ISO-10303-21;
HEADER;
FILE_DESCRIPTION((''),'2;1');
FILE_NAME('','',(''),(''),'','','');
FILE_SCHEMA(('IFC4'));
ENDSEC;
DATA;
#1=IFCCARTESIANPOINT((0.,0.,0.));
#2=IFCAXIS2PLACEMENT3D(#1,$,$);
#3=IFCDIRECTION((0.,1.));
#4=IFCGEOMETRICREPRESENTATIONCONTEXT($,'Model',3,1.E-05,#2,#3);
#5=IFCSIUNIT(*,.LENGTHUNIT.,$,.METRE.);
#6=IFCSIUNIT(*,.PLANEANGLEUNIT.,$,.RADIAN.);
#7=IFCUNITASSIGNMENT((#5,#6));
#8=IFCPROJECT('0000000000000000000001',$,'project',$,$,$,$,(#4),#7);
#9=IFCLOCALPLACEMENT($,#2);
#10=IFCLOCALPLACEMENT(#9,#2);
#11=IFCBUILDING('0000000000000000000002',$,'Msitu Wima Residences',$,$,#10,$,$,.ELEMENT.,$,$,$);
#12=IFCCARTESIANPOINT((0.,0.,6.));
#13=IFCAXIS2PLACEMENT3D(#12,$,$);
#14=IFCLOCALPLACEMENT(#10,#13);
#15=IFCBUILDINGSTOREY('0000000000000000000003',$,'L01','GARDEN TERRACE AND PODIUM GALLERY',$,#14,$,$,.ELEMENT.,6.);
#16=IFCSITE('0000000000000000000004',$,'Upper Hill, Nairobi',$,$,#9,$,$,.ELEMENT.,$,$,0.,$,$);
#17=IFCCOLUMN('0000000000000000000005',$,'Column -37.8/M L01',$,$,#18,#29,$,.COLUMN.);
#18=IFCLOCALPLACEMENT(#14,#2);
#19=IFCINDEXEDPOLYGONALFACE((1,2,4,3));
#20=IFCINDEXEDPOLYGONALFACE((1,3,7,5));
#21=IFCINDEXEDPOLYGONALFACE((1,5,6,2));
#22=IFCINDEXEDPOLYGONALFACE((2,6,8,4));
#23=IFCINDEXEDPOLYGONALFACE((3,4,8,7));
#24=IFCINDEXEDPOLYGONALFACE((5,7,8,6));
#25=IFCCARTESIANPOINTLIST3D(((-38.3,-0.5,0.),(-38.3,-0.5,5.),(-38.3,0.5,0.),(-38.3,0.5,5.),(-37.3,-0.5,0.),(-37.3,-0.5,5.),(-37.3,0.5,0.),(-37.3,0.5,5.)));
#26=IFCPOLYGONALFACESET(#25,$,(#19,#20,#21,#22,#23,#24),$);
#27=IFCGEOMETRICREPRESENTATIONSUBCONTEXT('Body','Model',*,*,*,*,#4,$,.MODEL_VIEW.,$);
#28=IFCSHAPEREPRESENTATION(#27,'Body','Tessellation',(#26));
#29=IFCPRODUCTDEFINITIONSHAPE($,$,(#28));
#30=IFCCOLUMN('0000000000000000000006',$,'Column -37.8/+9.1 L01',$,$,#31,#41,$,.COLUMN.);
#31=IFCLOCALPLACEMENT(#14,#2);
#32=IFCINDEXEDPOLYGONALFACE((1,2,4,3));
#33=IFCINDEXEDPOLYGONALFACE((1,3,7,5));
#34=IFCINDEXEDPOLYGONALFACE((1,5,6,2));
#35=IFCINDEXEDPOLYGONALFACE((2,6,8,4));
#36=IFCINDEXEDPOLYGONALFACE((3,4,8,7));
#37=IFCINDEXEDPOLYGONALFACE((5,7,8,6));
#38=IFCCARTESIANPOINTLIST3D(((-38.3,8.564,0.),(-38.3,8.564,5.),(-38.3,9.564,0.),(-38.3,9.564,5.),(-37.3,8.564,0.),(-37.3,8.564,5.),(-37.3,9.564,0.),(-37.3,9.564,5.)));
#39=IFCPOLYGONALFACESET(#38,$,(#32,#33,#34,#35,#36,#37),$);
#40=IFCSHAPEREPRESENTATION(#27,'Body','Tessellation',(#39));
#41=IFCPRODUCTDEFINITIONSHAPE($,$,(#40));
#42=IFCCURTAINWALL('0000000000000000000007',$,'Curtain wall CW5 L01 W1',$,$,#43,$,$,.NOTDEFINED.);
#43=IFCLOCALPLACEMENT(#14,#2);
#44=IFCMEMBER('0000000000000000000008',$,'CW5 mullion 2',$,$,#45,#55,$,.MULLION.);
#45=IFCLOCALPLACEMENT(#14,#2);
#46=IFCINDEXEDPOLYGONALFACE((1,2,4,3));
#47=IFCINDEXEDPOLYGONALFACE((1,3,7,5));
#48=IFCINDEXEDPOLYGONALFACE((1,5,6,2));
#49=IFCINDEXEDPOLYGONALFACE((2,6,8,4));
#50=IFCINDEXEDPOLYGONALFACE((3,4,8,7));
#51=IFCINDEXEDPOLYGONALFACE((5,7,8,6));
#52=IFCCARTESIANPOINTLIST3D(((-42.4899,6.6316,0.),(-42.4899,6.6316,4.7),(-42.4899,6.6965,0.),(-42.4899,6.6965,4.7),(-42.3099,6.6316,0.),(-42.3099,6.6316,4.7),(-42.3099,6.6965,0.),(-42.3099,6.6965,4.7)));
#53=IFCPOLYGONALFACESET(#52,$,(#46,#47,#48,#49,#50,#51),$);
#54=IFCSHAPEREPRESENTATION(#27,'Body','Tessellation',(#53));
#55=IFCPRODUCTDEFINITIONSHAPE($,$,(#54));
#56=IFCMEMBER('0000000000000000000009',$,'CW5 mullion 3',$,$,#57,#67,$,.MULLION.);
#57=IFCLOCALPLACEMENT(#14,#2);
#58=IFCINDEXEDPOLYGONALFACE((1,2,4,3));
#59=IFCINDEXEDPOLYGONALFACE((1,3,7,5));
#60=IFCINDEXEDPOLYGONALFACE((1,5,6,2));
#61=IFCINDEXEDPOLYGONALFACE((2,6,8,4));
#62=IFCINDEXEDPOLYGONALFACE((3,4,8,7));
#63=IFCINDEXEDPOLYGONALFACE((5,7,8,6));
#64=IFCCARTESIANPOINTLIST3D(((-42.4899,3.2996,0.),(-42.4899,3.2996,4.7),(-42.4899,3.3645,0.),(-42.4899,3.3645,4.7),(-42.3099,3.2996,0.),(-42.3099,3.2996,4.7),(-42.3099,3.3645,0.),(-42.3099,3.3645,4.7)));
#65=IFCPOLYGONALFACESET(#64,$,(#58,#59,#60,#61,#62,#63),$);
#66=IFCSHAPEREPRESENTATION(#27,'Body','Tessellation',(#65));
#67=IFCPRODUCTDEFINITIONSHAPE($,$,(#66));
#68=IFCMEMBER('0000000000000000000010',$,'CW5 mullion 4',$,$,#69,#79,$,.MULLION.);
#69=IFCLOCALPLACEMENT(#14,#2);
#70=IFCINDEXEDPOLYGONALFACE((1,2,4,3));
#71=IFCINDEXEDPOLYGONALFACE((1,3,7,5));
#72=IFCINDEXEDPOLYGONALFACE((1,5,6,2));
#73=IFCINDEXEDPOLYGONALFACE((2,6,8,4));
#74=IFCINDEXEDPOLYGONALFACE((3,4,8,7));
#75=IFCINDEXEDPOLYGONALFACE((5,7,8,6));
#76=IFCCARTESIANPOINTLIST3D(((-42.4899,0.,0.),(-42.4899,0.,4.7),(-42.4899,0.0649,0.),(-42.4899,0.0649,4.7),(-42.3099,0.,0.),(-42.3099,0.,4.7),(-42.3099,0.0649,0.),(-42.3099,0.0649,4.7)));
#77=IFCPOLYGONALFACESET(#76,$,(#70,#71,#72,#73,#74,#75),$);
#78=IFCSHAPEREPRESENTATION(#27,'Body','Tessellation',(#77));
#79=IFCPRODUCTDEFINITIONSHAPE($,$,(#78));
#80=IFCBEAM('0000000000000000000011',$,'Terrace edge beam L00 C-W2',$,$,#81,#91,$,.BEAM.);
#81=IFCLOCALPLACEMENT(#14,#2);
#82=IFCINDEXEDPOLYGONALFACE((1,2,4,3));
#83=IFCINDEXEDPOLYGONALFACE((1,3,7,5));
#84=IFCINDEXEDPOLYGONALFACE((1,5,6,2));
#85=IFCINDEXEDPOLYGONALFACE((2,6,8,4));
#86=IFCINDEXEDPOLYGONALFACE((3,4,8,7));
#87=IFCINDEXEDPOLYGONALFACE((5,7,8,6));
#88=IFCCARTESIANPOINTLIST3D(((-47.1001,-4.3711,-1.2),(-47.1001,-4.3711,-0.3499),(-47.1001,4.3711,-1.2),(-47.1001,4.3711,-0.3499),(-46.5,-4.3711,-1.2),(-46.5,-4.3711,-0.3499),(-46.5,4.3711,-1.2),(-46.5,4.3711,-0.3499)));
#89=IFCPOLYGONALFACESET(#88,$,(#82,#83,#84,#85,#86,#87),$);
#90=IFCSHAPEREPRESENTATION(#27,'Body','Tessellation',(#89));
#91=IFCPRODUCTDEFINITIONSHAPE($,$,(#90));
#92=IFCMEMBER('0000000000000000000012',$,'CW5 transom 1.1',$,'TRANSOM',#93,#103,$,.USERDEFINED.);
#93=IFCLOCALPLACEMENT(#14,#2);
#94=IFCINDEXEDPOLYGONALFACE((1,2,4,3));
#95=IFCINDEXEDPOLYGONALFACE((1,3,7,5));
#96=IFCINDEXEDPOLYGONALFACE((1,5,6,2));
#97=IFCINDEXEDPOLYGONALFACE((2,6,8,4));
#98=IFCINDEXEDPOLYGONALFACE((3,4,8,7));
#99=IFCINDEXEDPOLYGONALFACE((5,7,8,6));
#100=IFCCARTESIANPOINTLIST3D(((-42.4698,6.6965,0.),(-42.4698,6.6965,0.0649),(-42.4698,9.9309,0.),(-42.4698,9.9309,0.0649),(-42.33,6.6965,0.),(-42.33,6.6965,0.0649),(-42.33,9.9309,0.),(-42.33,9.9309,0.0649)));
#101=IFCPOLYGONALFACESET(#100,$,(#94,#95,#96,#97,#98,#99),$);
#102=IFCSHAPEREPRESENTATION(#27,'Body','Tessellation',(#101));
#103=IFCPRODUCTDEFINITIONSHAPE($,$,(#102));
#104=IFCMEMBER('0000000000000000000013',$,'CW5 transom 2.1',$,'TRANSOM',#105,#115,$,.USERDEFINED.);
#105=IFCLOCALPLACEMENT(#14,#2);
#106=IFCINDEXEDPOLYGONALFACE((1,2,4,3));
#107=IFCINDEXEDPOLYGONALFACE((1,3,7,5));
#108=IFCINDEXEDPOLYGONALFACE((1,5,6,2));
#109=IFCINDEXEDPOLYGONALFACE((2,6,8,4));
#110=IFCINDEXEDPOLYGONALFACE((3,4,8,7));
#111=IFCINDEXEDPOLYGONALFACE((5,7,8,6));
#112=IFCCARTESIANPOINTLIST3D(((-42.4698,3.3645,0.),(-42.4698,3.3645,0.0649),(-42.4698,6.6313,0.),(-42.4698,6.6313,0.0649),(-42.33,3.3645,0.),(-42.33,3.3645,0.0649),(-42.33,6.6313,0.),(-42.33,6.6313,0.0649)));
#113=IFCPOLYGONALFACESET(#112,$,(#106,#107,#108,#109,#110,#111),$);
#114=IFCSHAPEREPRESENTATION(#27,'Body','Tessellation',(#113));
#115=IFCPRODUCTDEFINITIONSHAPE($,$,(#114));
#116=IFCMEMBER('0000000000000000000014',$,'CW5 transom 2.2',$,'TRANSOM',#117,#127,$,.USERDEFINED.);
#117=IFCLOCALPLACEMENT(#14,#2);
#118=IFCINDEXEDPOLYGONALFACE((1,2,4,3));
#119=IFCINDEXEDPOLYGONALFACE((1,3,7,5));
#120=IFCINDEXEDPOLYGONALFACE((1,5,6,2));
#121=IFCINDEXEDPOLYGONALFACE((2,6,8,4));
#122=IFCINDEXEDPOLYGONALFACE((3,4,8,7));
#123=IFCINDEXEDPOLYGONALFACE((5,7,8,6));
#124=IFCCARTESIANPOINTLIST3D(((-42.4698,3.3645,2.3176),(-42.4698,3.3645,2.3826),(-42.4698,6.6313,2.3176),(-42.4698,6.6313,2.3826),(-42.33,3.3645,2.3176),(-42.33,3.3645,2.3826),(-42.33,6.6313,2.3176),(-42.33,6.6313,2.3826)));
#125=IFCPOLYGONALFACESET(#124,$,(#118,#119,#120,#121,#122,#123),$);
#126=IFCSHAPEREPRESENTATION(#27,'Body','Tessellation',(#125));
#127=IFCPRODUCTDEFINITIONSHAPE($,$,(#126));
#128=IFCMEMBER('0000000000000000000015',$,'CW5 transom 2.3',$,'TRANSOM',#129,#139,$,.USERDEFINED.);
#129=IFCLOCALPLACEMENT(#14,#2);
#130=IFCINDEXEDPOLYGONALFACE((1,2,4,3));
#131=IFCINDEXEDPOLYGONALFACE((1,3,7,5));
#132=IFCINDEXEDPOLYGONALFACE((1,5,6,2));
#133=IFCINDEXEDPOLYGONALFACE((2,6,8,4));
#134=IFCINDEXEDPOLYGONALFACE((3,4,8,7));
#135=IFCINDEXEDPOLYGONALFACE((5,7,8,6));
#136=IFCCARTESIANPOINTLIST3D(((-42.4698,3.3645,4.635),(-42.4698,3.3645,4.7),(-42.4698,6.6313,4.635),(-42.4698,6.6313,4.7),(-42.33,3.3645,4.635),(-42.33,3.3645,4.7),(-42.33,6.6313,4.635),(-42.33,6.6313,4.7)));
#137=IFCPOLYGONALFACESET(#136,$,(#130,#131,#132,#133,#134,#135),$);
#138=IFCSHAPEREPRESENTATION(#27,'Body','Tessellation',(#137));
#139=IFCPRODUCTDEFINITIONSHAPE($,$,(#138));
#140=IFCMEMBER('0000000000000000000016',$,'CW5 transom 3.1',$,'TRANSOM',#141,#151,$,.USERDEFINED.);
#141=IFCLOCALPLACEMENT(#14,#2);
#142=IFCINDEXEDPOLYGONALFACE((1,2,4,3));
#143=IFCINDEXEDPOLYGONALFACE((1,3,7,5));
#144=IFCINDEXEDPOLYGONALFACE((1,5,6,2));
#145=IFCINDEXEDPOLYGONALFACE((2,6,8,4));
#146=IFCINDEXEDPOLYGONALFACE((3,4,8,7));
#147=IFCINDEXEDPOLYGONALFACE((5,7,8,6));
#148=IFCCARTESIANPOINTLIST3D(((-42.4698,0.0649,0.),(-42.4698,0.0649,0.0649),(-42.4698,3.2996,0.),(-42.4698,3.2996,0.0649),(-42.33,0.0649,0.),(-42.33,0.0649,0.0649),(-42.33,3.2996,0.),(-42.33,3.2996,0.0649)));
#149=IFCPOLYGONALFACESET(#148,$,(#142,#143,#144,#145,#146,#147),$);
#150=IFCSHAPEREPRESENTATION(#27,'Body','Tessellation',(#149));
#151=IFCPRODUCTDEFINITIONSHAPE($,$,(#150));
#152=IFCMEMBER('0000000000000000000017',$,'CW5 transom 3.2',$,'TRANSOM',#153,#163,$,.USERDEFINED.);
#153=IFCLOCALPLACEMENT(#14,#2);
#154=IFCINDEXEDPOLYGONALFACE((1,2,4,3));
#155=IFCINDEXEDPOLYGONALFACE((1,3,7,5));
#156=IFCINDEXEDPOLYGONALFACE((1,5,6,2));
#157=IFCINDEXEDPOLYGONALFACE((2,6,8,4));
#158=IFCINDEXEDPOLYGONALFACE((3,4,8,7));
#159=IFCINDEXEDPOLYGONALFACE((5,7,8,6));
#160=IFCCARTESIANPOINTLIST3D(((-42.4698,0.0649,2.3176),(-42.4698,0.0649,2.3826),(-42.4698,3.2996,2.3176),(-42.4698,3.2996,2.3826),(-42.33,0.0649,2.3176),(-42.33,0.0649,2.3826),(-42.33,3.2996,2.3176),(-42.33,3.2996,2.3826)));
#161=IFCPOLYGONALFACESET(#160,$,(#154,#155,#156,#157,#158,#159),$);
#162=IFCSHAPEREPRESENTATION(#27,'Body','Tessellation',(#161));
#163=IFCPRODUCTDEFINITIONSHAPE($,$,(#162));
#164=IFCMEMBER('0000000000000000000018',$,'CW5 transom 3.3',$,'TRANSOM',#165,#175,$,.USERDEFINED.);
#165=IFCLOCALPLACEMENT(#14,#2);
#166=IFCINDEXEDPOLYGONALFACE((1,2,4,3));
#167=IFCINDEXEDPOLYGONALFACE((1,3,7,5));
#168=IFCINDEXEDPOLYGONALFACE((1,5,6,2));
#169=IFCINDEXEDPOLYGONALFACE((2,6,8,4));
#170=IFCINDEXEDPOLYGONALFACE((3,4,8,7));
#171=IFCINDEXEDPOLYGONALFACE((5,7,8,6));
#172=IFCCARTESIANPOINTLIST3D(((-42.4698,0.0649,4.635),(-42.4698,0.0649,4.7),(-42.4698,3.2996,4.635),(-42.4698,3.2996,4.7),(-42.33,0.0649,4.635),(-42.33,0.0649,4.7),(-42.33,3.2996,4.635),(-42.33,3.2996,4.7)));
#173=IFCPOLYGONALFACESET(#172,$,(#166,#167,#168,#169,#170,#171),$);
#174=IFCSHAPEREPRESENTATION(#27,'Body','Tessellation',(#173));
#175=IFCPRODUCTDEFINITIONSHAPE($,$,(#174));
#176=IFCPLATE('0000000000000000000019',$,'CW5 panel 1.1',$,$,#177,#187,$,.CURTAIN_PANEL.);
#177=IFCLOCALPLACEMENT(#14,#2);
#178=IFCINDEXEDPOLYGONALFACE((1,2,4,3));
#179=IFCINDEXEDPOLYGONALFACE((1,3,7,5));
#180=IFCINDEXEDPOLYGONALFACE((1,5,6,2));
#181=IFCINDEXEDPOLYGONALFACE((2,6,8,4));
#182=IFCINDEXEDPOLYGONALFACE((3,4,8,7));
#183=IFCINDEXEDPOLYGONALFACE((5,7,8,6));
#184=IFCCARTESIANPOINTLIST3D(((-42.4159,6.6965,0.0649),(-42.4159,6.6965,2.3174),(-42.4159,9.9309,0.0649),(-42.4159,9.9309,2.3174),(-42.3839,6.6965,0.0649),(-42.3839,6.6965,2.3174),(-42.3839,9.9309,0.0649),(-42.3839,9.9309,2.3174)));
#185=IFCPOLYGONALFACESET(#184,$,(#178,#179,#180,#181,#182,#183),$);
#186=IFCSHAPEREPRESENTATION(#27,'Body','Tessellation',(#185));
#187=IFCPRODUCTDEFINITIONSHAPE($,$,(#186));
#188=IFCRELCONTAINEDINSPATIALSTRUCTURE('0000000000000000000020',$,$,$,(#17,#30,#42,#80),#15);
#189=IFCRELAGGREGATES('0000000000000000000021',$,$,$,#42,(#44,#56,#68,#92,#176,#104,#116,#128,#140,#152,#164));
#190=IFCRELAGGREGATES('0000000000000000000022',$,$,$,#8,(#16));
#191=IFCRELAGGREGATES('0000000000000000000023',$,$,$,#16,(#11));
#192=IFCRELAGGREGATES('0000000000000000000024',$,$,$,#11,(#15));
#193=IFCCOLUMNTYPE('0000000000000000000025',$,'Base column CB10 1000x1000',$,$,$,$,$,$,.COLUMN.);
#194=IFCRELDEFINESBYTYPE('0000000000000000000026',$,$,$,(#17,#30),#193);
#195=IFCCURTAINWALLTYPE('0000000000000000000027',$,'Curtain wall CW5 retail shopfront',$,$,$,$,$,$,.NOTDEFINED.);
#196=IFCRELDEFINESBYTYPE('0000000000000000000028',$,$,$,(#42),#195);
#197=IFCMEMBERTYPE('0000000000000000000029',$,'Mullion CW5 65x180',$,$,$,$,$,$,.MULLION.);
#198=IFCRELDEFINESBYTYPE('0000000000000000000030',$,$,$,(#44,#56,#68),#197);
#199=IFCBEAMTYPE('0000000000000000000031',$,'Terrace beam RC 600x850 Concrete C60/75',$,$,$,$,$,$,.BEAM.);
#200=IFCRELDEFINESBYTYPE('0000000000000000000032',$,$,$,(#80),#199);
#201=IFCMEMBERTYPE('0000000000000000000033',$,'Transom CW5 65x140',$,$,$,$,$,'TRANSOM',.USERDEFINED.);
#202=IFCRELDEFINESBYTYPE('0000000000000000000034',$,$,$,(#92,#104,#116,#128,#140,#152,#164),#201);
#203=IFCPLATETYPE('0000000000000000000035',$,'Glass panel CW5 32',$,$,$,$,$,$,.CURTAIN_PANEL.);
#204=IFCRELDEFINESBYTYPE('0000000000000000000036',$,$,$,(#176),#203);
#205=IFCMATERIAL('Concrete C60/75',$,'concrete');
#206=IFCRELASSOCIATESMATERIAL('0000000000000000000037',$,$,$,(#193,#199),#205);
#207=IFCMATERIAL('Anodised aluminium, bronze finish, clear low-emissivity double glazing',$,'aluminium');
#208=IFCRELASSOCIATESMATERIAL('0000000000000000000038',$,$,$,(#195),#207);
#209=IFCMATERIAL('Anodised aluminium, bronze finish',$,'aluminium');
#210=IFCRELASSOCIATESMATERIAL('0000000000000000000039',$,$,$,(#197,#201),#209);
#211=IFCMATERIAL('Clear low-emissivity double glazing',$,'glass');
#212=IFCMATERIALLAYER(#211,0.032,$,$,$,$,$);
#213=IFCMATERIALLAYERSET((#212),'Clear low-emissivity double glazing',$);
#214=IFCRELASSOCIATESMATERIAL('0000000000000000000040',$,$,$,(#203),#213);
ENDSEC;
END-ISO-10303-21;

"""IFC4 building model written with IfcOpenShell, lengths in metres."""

from ifc_helpers import new_model, si_unit, direction, frame, origin, origin_2d, place, context, subcontext, project, spatial, rectangle, extrude, material, layer, layer_set, material_profile, profile_set, type_object, element, aggregate, save


model = new_model("IFC4")

# Units and contexts
model_context = context("Model", 3, precision=1e-05, world=origin(), true_north=direction((0.0, 1.0)))
body_context = subcontext(model_context, "Body", "Model", "MODEL_VIEW")
ifc_project = project(units=[si_unit("LENGTHUNIT", "METRE"), si_unit("PLANEANGLEUNIT", "RADIAN")], contexts=[model_context])

# Site, building, storey
site_placement = place(None, origin())
site = spatial("IfcSite", under=ifc_project, at=site_placement, Name="Upper Hill, Nairobi", CompositionType="ELEMENT", RefElevation=0.0)
building_placement = place(site_placement, origin())
building = spatial("IfcBuilding", under=site, at=building_placement, Name="Msitu Wima Residences", CompositionType="ELEMENT")
storey_placement = place(building_placement, frame((0.0, 0.0, 6.0)))
storey = spatial("IfcBuildingStorey", under=building, at=storey_placement, Name="L01", Description="GARDEN TERRACE AND PODIUM GALLERY", CompositionType="ELEMENT", Elevation=6.0)

# Columns
ifc_material_1 = material(Name="Concrete C60/75", Category="concrete")
ifc_material_profile_1 = material_profile(ifc_material_1, rectangle(XDim=1.0, YDim=1.0, at=origin_2d()), Name="RC 1000x1000")
ifc_profile_set_1 = profile_set([ifc_material_profile_1], Name="Concrete C60/75")
column_type = type_object("IfcColumnType", Name="Base column CB10 1000x1000", PredefinedType="COLUMN", material=ifc_profile_set_1)
for number, where, z_axis, x_axis, name in (
    (1, (-37.8, 0.0, 0.0), (0.0, 0.0, 1.0), (1.0, 0.0, 0.0), "Column -37.8/M L01"),
    (2, (-37.8, 9.064, 0.0), (0.0, 0.0, 1.0), (1.0, 0.0, 0.0), "Column -37.8/+9.1 L01"),
):
    element("IfcColumn", number, at=place(storey_placement, frame(where, z_axis=z_axis, x_axis=x_axis)), inside=storey, type_object=column_type, Name=name, PredefinedType="COLUMN", context=body_context, shape_type="SweptSolid", body=[
        extrude(rectangle(XDim=1.0, YDim=1.0, at=origin_2d()), origin(), (0.0, 0.0, 1.0), 5.0),
    ])

# Curtain wall, members
ifc_material_2 = material(Name="Anodised aluminium, bronze finish, clear low-emissivity double glazing", Category="aluminium")
curtain_wall_type = type_object("IfcCurtainWallType", Name="Curtain wall CW5 retail shopfront", PredefinedType="NOTDEFINED", material=ifc_material_2)
curtain_wall_placement = place(storey_placement, origin())
curtain_wall = element("IfcCurtainWall", 3, at=curtain_wall_placement, inside=storey, type_object=curtain_wall_type, Name="Curtain wall CW5 L01 W1", PredefinedType="NOTDEFINED")
ifc_material_3 = material(Name="Anodised aluminium, bronze finish", Category="aluminium")
ifc_material_profile_2 = material_profile(ifc_material_3, rectangle(XDim=0.1799, YDim=0.0649, at=origin_2d()), Name="Mullion 65x180")
ifc_profile_set_2 = profile_set([ifc_material_profile_2], Name="Anodised aluminium, bronze finish")
member_type_1 = type_object("IfcMemberType", Name="Mullion CW5 65x180", PredefinedType="MULLION", material=ifc_profile_set_2)
member_1_placement = place(storey_placement, frame((-42.3999, 6.6641, 0.0), z_axis=(0.0, 0.0, 1.0), x_axis=(1.0, 0.0, 0.0)))
member_1 = element("IfcMember", 4, at=member_1_placement, type_object=member_type_1, Name="CW5 mullion 2", PredefinedType="MULLION", context=body_context, shape_type="SweptSolid", body=[
    extrude(rectangle(XDim=0.1799, YDim=0.0649, at=origin_2d()), origin(), (0.0, 0.0, 1.0), 4.7),
])
member_2_placement = place(storey_placement, frame((-42.3999, 3.332, 0.0), z_axis=(0.0, 0.0, 1.0), x_axis=(1.0, 0.0, 0.0)))
member_2 = element("IfcMember", 5, at=member_2_placement, type_object=member_type_1, Name="CW5 mullion 3", PredefinedType="MULLION", context=body_context, shape_type="SweptSolid", body=[
    extrude(rectangle(XDim=0.1799, YDim=0.0649, at=origin_2d()), origin(), (0.0, 0.0, 1.0), 4.7),
])
member_3_placement = place(storey_placement, frame((-42.3999, 0.0325, 0.0), z_axis=(0.0, 0.0, 1.0), x_axis=(1.0, 0.0, 0.0)))
member_3 = element("IfcMember", 6, at=member_3_placement, type_object=member_type_1, Name="CW5 mullion 4", PredefinedType="MULLION", context=body_context, shape_type="SweptSolid", body=[
    extrude(rectangle(XDim=0.1799, YDim=0.0649, at=origin_2d()), origin(), (0.0, 0.0, 1.0), 4.7),
])

# Beam
ifc_material_profile_3 = material_profile(ifc_material_1, rectangle(XDim=0.6001, YDim=0.8501, at=origin_2d()), Name="RC 600x850")
ifc_profile_set_3 = profile_set([ifc_material_profile_3], Name="Concrete C60/75")
beam_type = type_object("IfcBeamType", Name="Terrace beam RC 600x850 Concrete C60/75", PredefinedType="BEAM", material=ifc_profile_set_3)
beam_placement = place(storey_placement, frame((-46.8, 4.3711, -0.7749), z_axis=(0.0, -1.0, 0.0), x_axis=(1.0, 0.0, 0.0)))
element("IfcBeam", 7, at=beam_placement, inside=storey, type_object=beam_type, Name="Terrace edge beam L00 C-W2", PredefinedType="BEAM", context=body_context, shape_type="SweptSolid", body=[
    extrude(rectangle(XDim=0.6001, YDim=0.8501, at=origin_2d()), origin(), (0.0, 0.0, 1.0), 8.7422),
])

# Members
ifc_material_profile_4 = material_profile(ifc_material_3, rectangle(XDim=0.1399, YDim=0.0649, at=origin_2d()), Name="Transom 65x140")
ifc_profile_set_4 = profile_set([ifc_material_profile_4], Name="Anodised aluminium, bronze finish")
member_type_2 = type_object("IfcMemberType", Name="Transom CW5 65x140", ElementType="TRANSOM", PredefinedType="USERDEFINED", material=ifc_profile_set_4)
member_4_placement = place(storey_placement, frame((-42.3999, 9.9309, 0.0325), z_axis=(0.0, -1.0, 0.0), x_axis=(1.0, 0.0, 0.0)))
member_4 = element("IfcMember", 8, at=member_4_placement, type_object=member_type_2, Name="CW5 transom 1.1", ObjectType="TRANSOM", PredefinedType="USERDEFINED", context=body_context, shape_type="SweptSolid", body=[
    extrude(rectangle(XDim=0.1399, YDim=0.0649, at=origin_2d()), origin(), (0.0, 0.0, 1.0), 3.2344),
])
member_5_placement = place(storey_placement, frame((-42.3999, 6.6313, 0.0325), z_axis=(0.0, -1.0, 0.0), x_axis=(1.0, 0.0, 0.0)))
member_5 = element("IfcMember", 9, at=member_5_placement, type_object=member_type_2, Name="CW5 transom 2.1", ObjectType="TRANSOM", PredefinedType="USERDEFINED", context=body_context, shape_type="SweptSolid", body=[
    extrude(rectangle(XDim=0.1399, YDim=0.0649, at=origin_2d()), origin(), (0.0, 0.0, 1.0), 3.2668),
])
member_6_placement = place(storey_placement, frame((-42.3999, 6.6313, 2.3501), z_axis=(0.0, -1.0, 0.0), x_axis=(1.0, 0.0, 0.0)))
member_6 = element("IfcMember", 10, at=member_6_placement, type_object=member_type_2, Name="CW5 transom 2.2", ObjectType="TRANSOM", PredefinedType="USERDEFINED", context=body_context, shape_type="SweptSolid", body=[
    extrude(rectangle(XDim=0.1399, YDim=0.0649, at=origin_2d()), origin(), (0.0, 0.0, 1.0), 3.2668),
])
member_7_placement = place(storey_placement, frame((-42.3999, 6.6313, 4.6675), z_axis=(0.0, -1.0, 0.0), x_axis=(1.0, 0.0, 0.0)))
member_7 = element("IfcMember", 11, at=member_7_placement, type_object=member_type_2, Name="CW5 transom 2.3", ObjectType="TRANSOM", PredefinedType="USERDEFINED", context=body_context, shape_type="SweptSolid", body=[
    extrude(rectangle(XDim=0.1399, YDim=0.0649, at=origin_2d()), origin(), (0.0, 0.0, 1.0), 3.2668),
])
member_8_placement = place(storey_placement, frame((-42.3999, 3.2996, 0.0325), z_axis=(0.0, -1.0, 0.0), x_axis=(1.0, 0.0, 0.0)))
member_8 = element("IfcMember", 12, at=member_8_placement, type_object=member_type_2, Name="CW5 transom 3.1", ObjectType="TRANSOM", PredefinedType="USERDEFINED", context=body_context, shape_type="SweptSolid", body=[
    extrude(rectangle(XDim=0.1399, YDim=0.0649, at=origin_2d()), origin(), (0.0, 0.0, 1.0), 3.2346),
])
member_9_placement = place(storey_placement, frame((-42.3999, 3.2996, 2.3501), z_axis=(0.0, -1.0, 0.0), x_axis=(1.0, 0.0, 0.0)))
member_9 = element("IfcMember", 13, at=member_9_placement, type_object=member_type_2, Name="CW5 transom 3.2", ObjectType="TRANSOM", PredefinedType="USERDEFINED", context=body_context, shape_type="SweptSolid", body=[
    extrude(rectangle(XDim=0.1399, YDim=0.0649, at=origin_2d()), origin(), (0.0, 0.0, 1.0), 3.2346),
])
member_10_placement = place(storey_placement, frame((-42.3999, 3.2996, 4.6675), z_axis=(0.0, -1.0, 0.0), x_axis=(1.0, 0.0, 0.0)))
member_10 = element("IfcMember", 14, at=member_10_placement, type_object=member_type_2, Name="CW5 transom 3.3", ObjectType="TRANSOM", PredefinedType="USERDEFINED", context=body_context, shape_type="SweptSolid", body=[
    extrude(rectangle(XDim=0.1399, YDim=0.0649, at=origin_2d()), origin(), (0.0, 0.0, 1.0), 3.2346),
])

# Plate
ifc_material_4 = material(Name="Clear low-emissivity double glazing", Category="glass")
ifc_layer_1 = layer(ifc_material_4, 0.032)
ifc_layer_set_1 = layer_set([ifc_layer_1], Name="Clear low-emissivity double glazing")
plate_type = type_object("IfcPlateType", Name="Glass panel CW5 32", PredefinedType="CURTAIN_PANEL", material=ifc_layer_set_1)
plate_1_placement = place(storey_placement, frame((-42.3999, 8.3137, 0.0649), z_axis=(0.0, 0.0, 1.0), x_axis=(0.0, -1.0, 0.0)))
plate_1 = element("IfcPlate", 15, at=plate_1_placement, type_object=plate_type, Name="CW5 panel 1.1", PredefinedType="CURTAIN_PANEL", context=body_context, shape_type="SweptSolid", body=[
    extrude(rectangle(XDim=3.2344, YDim=0.032, at=origin_2d()), origin(), (0.0, 0.0, 1.0), 2.2524),
])
aggregate(curtain_wall, [member_1, member_2, member_3, member_4, plate_1, member_5, member_6, member_7, member_8, member_9, member_10])

save(model, "model.ifc")
